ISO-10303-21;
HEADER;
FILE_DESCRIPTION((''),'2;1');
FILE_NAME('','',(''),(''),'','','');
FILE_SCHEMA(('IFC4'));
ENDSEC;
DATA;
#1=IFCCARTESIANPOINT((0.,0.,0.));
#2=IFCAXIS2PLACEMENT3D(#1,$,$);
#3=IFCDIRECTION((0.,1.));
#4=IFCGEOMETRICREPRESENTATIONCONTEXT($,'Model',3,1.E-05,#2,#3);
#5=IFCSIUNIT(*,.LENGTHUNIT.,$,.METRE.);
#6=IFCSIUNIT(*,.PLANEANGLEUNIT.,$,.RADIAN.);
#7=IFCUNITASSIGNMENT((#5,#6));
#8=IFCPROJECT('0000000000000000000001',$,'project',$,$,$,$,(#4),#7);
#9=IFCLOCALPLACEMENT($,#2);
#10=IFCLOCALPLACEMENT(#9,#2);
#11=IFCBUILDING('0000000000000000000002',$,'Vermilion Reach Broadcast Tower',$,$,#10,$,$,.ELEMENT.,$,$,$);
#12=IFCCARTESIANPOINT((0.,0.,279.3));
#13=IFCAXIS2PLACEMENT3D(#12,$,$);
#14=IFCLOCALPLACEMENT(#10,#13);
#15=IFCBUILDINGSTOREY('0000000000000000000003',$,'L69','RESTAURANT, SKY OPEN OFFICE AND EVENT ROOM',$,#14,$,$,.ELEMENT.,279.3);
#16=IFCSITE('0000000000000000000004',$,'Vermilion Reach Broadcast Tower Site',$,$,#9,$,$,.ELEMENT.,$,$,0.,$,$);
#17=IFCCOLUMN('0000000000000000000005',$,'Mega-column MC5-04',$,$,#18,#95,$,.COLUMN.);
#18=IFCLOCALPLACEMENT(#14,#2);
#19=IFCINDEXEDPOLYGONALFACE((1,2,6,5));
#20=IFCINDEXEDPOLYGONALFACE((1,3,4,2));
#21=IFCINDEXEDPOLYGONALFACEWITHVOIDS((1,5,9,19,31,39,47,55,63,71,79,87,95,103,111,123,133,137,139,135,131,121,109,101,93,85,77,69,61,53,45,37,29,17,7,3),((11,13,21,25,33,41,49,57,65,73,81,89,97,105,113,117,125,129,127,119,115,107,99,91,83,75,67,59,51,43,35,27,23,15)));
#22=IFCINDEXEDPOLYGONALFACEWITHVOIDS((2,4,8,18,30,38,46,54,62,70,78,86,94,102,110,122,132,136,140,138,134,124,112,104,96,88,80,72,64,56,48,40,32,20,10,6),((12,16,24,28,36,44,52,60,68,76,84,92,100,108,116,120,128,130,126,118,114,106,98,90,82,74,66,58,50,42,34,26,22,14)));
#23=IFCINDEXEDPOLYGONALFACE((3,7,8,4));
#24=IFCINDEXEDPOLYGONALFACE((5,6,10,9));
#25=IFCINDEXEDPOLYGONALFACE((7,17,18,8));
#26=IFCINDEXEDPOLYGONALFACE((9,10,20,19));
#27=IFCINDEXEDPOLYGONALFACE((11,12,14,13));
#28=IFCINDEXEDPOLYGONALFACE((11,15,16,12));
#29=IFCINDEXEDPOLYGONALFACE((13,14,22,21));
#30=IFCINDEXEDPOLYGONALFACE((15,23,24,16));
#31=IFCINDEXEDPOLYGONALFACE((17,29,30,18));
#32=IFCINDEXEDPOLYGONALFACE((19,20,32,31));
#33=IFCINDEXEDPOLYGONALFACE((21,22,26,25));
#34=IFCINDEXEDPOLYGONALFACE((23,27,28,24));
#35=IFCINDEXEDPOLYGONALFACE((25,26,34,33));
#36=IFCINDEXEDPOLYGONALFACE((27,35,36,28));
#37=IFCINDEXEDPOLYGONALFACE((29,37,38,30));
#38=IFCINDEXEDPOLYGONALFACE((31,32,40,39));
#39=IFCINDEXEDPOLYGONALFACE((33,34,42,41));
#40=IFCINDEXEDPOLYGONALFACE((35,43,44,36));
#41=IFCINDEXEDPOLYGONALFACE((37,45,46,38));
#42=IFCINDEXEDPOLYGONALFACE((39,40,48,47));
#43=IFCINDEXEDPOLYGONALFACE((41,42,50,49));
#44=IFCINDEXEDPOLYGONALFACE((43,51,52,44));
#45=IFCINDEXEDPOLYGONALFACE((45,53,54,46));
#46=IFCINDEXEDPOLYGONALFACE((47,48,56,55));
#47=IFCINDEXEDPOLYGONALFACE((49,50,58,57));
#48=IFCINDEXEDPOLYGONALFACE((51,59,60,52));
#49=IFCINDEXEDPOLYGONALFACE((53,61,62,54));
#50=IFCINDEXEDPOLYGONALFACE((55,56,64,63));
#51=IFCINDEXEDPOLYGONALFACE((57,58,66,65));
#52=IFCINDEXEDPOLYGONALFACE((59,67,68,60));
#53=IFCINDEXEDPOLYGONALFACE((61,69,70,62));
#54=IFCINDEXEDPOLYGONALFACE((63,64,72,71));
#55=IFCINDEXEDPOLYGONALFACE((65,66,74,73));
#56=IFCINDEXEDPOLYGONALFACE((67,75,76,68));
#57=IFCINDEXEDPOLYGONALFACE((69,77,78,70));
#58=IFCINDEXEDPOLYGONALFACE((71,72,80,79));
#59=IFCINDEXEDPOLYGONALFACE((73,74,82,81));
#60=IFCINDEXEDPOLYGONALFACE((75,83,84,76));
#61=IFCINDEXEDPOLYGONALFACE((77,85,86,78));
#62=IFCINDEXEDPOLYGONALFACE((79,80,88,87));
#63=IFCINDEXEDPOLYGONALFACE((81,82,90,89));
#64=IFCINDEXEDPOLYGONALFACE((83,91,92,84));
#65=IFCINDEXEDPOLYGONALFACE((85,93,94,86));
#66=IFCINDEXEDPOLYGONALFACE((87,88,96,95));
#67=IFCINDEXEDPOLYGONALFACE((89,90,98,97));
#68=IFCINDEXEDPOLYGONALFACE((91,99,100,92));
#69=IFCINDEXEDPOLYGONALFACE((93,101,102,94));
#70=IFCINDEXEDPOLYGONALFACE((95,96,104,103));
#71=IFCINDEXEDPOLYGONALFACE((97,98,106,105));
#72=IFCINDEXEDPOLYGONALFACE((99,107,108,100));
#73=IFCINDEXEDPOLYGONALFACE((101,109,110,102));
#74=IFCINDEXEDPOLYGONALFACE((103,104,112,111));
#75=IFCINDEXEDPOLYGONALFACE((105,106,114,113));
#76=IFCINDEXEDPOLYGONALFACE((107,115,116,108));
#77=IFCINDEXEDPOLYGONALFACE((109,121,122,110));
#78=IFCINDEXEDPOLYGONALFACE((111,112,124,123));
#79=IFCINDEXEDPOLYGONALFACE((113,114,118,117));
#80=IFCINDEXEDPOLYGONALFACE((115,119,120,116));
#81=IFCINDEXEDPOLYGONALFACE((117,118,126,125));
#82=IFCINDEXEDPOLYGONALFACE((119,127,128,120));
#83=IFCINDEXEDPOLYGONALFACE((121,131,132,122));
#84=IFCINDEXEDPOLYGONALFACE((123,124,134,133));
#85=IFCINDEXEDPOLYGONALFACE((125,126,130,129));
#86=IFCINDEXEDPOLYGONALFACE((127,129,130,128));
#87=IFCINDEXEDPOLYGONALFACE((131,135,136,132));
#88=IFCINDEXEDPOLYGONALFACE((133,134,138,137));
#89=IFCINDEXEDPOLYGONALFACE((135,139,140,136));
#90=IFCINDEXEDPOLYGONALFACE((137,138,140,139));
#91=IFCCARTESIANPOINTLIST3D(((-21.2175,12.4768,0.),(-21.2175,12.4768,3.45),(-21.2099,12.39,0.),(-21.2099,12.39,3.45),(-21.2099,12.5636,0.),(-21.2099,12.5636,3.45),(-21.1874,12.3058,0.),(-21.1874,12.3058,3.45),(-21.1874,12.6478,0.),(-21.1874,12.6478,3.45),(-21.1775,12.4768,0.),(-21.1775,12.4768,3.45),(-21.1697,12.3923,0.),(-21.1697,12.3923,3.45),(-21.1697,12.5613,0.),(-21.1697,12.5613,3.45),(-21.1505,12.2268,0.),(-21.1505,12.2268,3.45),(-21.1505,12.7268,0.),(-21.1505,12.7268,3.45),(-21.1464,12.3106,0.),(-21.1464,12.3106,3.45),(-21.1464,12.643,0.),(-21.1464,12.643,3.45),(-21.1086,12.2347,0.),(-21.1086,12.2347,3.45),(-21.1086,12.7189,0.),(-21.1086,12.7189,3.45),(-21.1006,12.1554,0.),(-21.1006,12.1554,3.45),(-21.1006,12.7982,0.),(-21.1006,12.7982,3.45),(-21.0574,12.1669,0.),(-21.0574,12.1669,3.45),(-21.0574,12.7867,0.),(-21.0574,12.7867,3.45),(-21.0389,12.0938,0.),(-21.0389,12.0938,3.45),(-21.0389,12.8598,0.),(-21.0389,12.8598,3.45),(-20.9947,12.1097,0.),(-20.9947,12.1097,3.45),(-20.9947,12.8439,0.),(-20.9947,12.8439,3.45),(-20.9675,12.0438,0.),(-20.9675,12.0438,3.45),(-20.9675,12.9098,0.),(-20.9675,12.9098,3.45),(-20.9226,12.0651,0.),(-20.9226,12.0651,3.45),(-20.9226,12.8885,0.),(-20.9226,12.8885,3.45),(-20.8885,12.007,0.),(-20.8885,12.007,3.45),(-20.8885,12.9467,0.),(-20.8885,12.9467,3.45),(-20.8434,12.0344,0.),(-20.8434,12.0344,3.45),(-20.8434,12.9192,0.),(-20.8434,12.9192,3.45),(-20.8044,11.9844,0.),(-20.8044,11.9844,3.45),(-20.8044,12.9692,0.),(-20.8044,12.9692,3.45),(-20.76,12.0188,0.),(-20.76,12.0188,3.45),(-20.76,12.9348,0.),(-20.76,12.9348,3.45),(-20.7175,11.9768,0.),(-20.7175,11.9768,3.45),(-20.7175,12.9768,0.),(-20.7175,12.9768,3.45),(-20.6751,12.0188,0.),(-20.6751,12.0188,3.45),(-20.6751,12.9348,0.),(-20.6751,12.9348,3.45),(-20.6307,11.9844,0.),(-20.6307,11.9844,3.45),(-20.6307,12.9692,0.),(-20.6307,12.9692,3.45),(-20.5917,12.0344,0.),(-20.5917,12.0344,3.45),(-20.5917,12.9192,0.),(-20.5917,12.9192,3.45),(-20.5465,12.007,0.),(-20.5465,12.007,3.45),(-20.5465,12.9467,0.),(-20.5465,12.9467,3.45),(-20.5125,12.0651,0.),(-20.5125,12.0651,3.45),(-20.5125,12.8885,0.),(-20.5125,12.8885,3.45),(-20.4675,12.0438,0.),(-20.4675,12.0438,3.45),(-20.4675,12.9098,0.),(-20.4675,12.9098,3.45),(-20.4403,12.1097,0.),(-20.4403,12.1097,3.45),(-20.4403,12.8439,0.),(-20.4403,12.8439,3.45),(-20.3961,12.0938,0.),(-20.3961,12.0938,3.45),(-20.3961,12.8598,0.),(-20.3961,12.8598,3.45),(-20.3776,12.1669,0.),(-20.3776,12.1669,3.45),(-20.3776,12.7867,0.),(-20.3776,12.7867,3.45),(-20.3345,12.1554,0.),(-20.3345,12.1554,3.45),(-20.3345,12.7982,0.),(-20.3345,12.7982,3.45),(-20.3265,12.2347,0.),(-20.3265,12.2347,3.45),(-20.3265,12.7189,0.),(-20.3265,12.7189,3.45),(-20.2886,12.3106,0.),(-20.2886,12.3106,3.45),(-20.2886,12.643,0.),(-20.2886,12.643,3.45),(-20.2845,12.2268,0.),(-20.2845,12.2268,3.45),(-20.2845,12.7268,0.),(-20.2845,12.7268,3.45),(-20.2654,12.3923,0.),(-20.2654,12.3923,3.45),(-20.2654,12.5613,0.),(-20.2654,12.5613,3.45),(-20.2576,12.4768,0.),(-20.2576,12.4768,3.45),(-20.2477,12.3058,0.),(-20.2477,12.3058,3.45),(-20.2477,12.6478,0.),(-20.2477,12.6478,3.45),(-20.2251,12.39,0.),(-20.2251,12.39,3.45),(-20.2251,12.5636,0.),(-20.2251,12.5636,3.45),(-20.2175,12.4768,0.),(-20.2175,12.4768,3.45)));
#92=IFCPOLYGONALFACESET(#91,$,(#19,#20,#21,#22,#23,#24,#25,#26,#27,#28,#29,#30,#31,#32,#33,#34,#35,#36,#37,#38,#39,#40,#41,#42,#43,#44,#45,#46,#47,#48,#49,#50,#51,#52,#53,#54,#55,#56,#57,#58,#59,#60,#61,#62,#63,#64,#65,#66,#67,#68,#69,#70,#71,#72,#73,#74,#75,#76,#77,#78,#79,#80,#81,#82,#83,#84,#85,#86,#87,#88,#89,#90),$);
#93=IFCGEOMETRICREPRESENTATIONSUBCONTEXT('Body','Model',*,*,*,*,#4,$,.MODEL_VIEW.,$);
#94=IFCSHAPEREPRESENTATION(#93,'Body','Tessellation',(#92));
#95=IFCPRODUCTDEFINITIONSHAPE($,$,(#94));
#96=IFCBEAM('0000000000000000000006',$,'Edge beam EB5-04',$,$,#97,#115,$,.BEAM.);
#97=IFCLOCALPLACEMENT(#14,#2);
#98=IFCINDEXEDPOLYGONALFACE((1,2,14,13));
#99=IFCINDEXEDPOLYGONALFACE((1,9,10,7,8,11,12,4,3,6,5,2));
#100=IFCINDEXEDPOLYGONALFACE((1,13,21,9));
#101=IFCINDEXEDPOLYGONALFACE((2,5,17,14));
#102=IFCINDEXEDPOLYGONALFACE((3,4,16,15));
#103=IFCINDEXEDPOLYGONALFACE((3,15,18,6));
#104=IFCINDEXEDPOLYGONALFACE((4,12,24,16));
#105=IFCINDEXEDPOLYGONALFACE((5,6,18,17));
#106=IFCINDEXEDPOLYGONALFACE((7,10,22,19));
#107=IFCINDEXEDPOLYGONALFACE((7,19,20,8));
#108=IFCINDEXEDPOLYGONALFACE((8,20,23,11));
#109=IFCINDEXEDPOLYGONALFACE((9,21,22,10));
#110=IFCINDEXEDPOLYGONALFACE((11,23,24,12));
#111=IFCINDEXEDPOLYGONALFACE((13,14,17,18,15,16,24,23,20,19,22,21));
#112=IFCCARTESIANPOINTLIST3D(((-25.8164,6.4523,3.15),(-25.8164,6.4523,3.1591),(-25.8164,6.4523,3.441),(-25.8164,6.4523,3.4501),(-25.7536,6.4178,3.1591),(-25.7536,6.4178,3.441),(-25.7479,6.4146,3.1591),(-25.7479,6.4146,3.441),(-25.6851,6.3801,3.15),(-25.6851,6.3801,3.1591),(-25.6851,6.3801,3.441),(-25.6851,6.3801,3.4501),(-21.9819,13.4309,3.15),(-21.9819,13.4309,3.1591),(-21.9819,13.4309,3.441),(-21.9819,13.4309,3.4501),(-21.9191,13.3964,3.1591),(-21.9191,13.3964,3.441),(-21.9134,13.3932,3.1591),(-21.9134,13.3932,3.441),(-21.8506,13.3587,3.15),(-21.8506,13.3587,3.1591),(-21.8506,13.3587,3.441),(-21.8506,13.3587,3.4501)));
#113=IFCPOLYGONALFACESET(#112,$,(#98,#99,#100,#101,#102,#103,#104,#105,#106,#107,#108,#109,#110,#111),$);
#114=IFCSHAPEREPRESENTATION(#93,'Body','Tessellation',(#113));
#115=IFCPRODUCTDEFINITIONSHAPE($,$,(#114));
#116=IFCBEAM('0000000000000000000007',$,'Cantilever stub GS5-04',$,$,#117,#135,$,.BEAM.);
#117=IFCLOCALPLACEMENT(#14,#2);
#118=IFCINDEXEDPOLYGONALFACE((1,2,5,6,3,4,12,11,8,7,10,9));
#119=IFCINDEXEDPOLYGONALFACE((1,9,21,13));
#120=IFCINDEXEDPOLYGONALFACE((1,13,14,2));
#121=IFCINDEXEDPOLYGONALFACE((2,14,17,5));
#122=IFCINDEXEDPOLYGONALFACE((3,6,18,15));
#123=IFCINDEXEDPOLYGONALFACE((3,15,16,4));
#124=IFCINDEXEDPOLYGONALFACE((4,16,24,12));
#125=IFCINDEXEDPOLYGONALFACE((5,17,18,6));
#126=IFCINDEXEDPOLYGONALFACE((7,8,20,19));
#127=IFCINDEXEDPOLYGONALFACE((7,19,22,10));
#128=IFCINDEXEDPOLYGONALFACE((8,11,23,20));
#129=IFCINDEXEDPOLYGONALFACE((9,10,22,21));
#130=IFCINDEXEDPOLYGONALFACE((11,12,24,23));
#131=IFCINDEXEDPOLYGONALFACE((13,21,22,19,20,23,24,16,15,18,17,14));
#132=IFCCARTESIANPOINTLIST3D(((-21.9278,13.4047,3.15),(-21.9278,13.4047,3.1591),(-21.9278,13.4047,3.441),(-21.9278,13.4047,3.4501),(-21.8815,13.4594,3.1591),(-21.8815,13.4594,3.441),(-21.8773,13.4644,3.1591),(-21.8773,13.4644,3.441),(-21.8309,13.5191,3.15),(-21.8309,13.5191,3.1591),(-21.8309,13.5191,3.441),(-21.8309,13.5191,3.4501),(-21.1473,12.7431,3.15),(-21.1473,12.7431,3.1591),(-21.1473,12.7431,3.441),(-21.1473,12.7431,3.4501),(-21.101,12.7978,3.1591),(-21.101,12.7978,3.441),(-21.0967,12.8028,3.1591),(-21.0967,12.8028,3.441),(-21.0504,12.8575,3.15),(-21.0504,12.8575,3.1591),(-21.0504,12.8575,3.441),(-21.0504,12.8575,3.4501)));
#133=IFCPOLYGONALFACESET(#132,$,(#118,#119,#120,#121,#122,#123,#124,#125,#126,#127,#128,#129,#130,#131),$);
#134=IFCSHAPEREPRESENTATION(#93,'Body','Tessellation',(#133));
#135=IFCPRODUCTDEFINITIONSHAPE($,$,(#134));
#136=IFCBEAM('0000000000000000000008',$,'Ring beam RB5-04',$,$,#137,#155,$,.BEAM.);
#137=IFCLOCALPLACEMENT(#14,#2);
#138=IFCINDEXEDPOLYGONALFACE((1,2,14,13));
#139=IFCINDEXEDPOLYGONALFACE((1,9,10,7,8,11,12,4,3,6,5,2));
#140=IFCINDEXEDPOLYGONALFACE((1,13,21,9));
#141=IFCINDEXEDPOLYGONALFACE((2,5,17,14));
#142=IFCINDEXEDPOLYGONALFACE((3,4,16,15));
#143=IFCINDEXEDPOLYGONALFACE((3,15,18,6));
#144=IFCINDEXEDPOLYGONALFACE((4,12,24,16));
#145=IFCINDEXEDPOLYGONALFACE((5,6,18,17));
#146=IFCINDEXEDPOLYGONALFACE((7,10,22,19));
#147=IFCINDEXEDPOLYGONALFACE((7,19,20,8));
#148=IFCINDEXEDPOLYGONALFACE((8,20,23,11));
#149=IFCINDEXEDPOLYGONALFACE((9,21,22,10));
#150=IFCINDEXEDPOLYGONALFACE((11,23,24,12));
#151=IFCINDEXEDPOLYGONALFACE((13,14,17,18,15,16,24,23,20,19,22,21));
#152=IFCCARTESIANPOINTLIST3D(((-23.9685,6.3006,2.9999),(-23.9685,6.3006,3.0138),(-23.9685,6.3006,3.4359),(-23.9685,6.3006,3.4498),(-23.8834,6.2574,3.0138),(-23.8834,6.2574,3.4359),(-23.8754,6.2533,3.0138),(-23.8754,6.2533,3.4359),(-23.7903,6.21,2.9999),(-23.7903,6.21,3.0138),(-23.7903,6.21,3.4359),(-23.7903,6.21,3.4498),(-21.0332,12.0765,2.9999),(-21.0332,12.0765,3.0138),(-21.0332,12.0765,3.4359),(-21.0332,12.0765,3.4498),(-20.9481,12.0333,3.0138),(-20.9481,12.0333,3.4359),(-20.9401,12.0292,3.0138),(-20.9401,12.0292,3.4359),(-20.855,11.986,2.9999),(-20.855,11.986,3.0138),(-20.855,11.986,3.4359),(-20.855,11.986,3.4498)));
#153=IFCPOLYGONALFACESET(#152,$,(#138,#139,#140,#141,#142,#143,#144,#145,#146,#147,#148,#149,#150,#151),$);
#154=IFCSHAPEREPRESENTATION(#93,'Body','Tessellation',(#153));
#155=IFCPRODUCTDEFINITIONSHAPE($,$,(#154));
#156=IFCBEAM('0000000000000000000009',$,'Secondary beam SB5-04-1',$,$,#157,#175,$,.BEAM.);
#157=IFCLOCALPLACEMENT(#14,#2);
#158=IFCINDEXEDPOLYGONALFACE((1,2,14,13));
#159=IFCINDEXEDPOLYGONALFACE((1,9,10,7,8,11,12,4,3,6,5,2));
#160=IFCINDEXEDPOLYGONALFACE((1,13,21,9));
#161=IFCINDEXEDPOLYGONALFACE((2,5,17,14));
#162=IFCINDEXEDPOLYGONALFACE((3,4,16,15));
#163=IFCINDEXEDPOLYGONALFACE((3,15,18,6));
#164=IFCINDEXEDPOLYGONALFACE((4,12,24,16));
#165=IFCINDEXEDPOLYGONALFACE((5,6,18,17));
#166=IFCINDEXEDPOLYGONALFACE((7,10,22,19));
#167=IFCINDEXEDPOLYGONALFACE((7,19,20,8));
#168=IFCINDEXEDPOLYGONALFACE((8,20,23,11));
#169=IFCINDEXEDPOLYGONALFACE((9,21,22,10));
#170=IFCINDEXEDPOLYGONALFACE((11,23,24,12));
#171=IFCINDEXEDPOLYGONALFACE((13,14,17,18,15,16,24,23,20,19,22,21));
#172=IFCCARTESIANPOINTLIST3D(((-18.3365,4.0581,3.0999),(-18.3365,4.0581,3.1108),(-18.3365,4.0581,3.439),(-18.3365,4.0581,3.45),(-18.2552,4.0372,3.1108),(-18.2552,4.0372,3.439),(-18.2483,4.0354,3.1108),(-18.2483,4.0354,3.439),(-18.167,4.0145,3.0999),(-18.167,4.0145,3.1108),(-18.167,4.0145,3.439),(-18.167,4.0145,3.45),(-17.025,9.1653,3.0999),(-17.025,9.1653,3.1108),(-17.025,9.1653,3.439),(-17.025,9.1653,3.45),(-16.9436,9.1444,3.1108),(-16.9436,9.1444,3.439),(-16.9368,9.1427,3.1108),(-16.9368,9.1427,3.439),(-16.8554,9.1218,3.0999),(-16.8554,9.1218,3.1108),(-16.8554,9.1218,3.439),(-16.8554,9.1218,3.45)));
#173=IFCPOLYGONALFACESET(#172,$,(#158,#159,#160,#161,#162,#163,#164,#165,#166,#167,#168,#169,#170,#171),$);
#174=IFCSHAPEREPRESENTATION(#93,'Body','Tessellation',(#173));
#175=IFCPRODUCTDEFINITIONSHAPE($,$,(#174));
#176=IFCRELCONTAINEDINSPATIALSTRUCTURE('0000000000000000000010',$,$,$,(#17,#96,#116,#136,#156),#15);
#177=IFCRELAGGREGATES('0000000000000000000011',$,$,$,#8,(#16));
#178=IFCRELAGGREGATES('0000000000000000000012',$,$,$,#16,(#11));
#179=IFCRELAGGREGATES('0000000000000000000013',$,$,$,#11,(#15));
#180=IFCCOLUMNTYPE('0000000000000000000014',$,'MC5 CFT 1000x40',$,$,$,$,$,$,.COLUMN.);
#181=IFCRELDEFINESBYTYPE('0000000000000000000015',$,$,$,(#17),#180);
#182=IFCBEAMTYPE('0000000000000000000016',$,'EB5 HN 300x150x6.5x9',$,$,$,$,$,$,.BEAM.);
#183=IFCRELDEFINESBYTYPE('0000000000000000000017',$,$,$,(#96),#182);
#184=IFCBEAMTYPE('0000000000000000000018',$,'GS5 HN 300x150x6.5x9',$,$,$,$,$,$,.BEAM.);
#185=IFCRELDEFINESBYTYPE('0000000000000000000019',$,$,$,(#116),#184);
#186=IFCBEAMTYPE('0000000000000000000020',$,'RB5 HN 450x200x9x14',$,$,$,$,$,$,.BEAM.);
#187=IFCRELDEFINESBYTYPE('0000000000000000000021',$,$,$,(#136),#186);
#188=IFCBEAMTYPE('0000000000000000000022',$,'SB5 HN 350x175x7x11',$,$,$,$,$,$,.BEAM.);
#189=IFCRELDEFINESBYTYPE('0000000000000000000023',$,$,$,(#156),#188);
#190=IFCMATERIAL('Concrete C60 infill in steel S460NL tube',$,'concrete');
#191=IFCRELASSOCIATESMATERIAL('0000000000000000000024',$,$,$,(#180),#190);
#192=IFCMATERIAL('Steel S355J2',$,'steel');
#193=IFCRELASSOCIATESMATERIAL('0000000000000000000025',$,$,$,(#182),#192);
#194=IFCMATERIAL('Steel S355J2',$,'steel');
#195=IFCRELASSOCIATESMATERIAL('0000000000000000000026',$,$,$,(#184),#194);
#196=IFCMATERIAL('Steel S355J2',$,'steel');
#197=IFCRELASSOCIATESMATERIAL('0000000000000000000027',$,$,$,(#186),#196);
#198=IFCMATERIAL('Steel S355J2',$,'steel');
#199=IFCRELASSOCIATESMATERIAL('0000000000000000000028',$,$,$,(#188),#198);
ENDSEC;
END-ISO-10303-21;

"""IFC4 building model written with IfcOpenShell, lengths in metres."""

from ifc_helpers import new_model, si_unit, direction, frame, origin, origin_2d, place, context, subcontext, project, spatial, hollow_circle, i_section, extrude, material, material_profile, profile_set, type_object, element, save


model = new_model("IFC4")

# Units and contexts
model_context = context("Model", 3, precision=1e-05, world=origin(), true_north=direction((0.0, 1.0)))
body_context = subcontext(model_context, "Body", "Model", "MODEL_VIEW")
ifc_project = project(units=[si_unit("LENGTHUNIT", "METRE"), si_unit("PLANEANGLEUNIT", "RADIAN")], contexts=[model_context])

# Site, building, storey
site_placement = place(None, origin())
site = spatial("IfcSite", under=ifc_project, at=site_placement, Name="Vermilion Reach Broadcast Tower Site", CompositionType="ELEMENT", RefElevation=0.0)
building_placement = place(site_placement, origin())
building = spatial("IfcBuilding", under=site, at=building_placement, Name="Vermilion Reach Broadcast Tower", CompositionType="ELEMENT")
storey_placement = place(building_placement, frame((0.0, 0.0, 279.3)))
storey = spatial("IfcBuildingStorey", under=building, at=storey_placement, Name="L69", Description="RESTAURANT, SKY OPEN OFFICE AND EVENT ROOM", CompositionType="ELEMENT", Elevation=279.3)

# Column
ifc_material_1 = material(Name="Concrete C60 infill in steel S460NL tube", Category="concrete")
ifc_material_profile_1 = material_profile(ifc_material_1, hollow_circle(Radius=0.5, WallThickness=0.04, at=origin_2d()), Name="Concrete C60 infill in steel S460NL tube CFT 1000x40")
ifc_profile_set_1 = profile_set([ifc_material_profile_1], Name="Concrete C60 infill in steel S460NL tube")
column_type = type_object("IfcColumnType", Name="MC5 CFT 1000x40", PredefinedType="COLUMN", material=ifc_profile_set_1)
column_placement = place(storey_placement, frame((-20.7175, 12.4768, 0.0), z_axis=(0.0, 0.0, 1.0), x_axis=(1.0, 0.0, 0.0)))
element("IfcColumn", 1, at=column_placement, inside=storey, type_object=column_type, Name="Mega-column MC5-04", PredefinedType="COLUMN", context=body_context, shape_type="SweptSolid", body=[
    extrude(hollow_circle(Radius=0.5, WallThickness=0.04, at=origin_2d()), origin(), (0.0, 0.0, 1.0), 3.45),
])

# Beams
ifc_material_2 = material(Name="Steel S355J2", Category="steel")
ifc_material_profile_2 = material_profile(ifc_material_2, i_section(OverallWidth=0.1499, OverallDepth=0.3, WebThickness=0.0066, FlangeThickness=0.009, at=origin_2d()), Name="S355J2 HN 300x150x6.5x9")
ifc_profile_set_2 = profile_set([ifc_material_profile_2], Name="Steel S355J2")
beam_type_1 = type_object("IfcBeamType", Name="EB5 HN 300x150x6.5x9", PredefinedType="BEAM", material=ifc_profile_set_2)
beam_1_placement = place(storey_placement, frame((-21.9163, 13.3948, 3.3), z_axis=(-0.481561, -0.876413, 0.0), x_axis=(0.876413, -0.481561, 0.0)))
element("IfcBeam", 2, at=beam_1_placement, inside=storey, type_object=beam_type_1, Name="Edge beam EB5-04", PredefinedType="BEAM", context=body_context, shape_type="SweptSolid", body=[
    extrude(i_section(OverallWidth=0.1499, OverallDepth=0.3, WebThickness=0.0066, FlangeThickness=0.009, at=origin_2d()), origin(), (0.0, 0.0, 1.0), 7.9626),
])
ifc_material_3 = material(Name="Steel S355J2", Category="steel")
ifc_material_profile_3 = material_profile(ifc_material_3, i_section(OverallWidth=0.1499, OverallDepth=0.3, WebThickness=0.0066, FlangeThickness=0.009, at=origin_2d()), Name="S355J2 HN 300x150x6.5x9")
ifc_profile_set_3 = profile_set([ifc_material_profile_3], Name="Steel S355J2")
beam_type_2 = type_object("IfcBeamType", Name="GS5 HN 300x150x6.5x9", PredefinedType="BEAM", material=ifc_profile_set_3)
beam_2_placement = place(storey_placement, frame((-21.0989, 12.8003, 3.3), z_axis=(-0.762816, 0.646616, 0.0), x_axis=(-0.646616, -0.762816, 0.0)))
element("IfcBeam", 3, at=beam_2_placement, inside=storey, type_object=beam_type_2, Name="Cantilever stub GS5-04", PredefinedType="BEAM", context=body_context, shape_type="SweptSolid", body=[
    extrude(i_section(OverallWidth=0.1499, OverallDepth=0.3, WebThickness=0.0066, FlangeThickness=0.009, at=origin_2d()), origin(), (0.0, 0.0, 1.0), 1.0232),
])
ifc_material_4 = material(Name="Steel S355J2", Category="steel")
ifc_material_profile_4 = material_profile(ifc_material_4, i_section(OverallWidth=0.2, OverallDepth=0.45, WebThickness=0.009, FlangeThickness=0.0139, at=origin_2d()), Name="S355J2 HN 450x200x9x14")
ifc_profile_set_4 = profile_set([ifc_material_profile_4], Name="Steel S355J2")
beam_type_3 = type_object("IfcBeamType", Name="RB5 HN 450x200x9x14", PredefinedType="BEAM", material=ifc_profile_set_4)
beam_3_placement = place(storey_placement, frame((-20.9441, 12.0312, 3.2249), z_axis=(-0.453052, -0.891484, 0.0), x_axis=(0.891484, -0.453052, 0.0)))
element("IfcBeam", 4, at=beam_3_placement, inside=storey, type_object=beam_type_3, Name="Ring beam RB5-04", PredefinedType="BEAM", context=body_context, shape_type="SweptSolid", body=[
    extrude(i_section(OverallWidth=0.2, OverallDepth=0.45, WebThickness=0.009, FlangeThickness=0.0139, at=origin_2d()), origin(), (0.0, 0.0, 1.0), 6.479),
])
ifc_material_5 = material(Name="Steel S355J2", Category="steel")
ifc_material_profile_5 = material_profile(ifc_material_5, i_section(OverallWidth=0.175, OverallDepth=0.3501, WebThickness=0.0071, FlangeThickness=0.011, at=origin_2d()), Name="S355J2 HN 350x175x7x11")
ifc_profile_set_5 = profile_set([ifc_material_profile_5], Name="Steel S355J2")
beam_type_4 = type_object("IfcBeamType", Name="SB5 HN 350x175x7x11", PredefinedType="BEAM", material=ifc_profile_set_5)
beam_4_placement = place(storey_placement, frame((-16.9402, 9.1436, 3.2749), z_axis=(-0.24873, -0.968573, 0.0), x_axis=(0.968573, -0.24873, 0.0)))
element("IfcBeam", 5, at=beam_4_placement, inside=storey, type_object=beam_type_4, Name="Secondary beam SB5-04-1", PredefinedType="BEAM", context=body_context, shape_type="SweptSolid", body=[
    extrude(i_section(OverallWidth=0.175, OverallDepth=0.3501, WebThickness=0.0071, FlangeThickness=0.011, at=origin_2d()), origin(), (0.0, 0.0, 1.0), 5.2729),
])

save(model, "model.ifc")
